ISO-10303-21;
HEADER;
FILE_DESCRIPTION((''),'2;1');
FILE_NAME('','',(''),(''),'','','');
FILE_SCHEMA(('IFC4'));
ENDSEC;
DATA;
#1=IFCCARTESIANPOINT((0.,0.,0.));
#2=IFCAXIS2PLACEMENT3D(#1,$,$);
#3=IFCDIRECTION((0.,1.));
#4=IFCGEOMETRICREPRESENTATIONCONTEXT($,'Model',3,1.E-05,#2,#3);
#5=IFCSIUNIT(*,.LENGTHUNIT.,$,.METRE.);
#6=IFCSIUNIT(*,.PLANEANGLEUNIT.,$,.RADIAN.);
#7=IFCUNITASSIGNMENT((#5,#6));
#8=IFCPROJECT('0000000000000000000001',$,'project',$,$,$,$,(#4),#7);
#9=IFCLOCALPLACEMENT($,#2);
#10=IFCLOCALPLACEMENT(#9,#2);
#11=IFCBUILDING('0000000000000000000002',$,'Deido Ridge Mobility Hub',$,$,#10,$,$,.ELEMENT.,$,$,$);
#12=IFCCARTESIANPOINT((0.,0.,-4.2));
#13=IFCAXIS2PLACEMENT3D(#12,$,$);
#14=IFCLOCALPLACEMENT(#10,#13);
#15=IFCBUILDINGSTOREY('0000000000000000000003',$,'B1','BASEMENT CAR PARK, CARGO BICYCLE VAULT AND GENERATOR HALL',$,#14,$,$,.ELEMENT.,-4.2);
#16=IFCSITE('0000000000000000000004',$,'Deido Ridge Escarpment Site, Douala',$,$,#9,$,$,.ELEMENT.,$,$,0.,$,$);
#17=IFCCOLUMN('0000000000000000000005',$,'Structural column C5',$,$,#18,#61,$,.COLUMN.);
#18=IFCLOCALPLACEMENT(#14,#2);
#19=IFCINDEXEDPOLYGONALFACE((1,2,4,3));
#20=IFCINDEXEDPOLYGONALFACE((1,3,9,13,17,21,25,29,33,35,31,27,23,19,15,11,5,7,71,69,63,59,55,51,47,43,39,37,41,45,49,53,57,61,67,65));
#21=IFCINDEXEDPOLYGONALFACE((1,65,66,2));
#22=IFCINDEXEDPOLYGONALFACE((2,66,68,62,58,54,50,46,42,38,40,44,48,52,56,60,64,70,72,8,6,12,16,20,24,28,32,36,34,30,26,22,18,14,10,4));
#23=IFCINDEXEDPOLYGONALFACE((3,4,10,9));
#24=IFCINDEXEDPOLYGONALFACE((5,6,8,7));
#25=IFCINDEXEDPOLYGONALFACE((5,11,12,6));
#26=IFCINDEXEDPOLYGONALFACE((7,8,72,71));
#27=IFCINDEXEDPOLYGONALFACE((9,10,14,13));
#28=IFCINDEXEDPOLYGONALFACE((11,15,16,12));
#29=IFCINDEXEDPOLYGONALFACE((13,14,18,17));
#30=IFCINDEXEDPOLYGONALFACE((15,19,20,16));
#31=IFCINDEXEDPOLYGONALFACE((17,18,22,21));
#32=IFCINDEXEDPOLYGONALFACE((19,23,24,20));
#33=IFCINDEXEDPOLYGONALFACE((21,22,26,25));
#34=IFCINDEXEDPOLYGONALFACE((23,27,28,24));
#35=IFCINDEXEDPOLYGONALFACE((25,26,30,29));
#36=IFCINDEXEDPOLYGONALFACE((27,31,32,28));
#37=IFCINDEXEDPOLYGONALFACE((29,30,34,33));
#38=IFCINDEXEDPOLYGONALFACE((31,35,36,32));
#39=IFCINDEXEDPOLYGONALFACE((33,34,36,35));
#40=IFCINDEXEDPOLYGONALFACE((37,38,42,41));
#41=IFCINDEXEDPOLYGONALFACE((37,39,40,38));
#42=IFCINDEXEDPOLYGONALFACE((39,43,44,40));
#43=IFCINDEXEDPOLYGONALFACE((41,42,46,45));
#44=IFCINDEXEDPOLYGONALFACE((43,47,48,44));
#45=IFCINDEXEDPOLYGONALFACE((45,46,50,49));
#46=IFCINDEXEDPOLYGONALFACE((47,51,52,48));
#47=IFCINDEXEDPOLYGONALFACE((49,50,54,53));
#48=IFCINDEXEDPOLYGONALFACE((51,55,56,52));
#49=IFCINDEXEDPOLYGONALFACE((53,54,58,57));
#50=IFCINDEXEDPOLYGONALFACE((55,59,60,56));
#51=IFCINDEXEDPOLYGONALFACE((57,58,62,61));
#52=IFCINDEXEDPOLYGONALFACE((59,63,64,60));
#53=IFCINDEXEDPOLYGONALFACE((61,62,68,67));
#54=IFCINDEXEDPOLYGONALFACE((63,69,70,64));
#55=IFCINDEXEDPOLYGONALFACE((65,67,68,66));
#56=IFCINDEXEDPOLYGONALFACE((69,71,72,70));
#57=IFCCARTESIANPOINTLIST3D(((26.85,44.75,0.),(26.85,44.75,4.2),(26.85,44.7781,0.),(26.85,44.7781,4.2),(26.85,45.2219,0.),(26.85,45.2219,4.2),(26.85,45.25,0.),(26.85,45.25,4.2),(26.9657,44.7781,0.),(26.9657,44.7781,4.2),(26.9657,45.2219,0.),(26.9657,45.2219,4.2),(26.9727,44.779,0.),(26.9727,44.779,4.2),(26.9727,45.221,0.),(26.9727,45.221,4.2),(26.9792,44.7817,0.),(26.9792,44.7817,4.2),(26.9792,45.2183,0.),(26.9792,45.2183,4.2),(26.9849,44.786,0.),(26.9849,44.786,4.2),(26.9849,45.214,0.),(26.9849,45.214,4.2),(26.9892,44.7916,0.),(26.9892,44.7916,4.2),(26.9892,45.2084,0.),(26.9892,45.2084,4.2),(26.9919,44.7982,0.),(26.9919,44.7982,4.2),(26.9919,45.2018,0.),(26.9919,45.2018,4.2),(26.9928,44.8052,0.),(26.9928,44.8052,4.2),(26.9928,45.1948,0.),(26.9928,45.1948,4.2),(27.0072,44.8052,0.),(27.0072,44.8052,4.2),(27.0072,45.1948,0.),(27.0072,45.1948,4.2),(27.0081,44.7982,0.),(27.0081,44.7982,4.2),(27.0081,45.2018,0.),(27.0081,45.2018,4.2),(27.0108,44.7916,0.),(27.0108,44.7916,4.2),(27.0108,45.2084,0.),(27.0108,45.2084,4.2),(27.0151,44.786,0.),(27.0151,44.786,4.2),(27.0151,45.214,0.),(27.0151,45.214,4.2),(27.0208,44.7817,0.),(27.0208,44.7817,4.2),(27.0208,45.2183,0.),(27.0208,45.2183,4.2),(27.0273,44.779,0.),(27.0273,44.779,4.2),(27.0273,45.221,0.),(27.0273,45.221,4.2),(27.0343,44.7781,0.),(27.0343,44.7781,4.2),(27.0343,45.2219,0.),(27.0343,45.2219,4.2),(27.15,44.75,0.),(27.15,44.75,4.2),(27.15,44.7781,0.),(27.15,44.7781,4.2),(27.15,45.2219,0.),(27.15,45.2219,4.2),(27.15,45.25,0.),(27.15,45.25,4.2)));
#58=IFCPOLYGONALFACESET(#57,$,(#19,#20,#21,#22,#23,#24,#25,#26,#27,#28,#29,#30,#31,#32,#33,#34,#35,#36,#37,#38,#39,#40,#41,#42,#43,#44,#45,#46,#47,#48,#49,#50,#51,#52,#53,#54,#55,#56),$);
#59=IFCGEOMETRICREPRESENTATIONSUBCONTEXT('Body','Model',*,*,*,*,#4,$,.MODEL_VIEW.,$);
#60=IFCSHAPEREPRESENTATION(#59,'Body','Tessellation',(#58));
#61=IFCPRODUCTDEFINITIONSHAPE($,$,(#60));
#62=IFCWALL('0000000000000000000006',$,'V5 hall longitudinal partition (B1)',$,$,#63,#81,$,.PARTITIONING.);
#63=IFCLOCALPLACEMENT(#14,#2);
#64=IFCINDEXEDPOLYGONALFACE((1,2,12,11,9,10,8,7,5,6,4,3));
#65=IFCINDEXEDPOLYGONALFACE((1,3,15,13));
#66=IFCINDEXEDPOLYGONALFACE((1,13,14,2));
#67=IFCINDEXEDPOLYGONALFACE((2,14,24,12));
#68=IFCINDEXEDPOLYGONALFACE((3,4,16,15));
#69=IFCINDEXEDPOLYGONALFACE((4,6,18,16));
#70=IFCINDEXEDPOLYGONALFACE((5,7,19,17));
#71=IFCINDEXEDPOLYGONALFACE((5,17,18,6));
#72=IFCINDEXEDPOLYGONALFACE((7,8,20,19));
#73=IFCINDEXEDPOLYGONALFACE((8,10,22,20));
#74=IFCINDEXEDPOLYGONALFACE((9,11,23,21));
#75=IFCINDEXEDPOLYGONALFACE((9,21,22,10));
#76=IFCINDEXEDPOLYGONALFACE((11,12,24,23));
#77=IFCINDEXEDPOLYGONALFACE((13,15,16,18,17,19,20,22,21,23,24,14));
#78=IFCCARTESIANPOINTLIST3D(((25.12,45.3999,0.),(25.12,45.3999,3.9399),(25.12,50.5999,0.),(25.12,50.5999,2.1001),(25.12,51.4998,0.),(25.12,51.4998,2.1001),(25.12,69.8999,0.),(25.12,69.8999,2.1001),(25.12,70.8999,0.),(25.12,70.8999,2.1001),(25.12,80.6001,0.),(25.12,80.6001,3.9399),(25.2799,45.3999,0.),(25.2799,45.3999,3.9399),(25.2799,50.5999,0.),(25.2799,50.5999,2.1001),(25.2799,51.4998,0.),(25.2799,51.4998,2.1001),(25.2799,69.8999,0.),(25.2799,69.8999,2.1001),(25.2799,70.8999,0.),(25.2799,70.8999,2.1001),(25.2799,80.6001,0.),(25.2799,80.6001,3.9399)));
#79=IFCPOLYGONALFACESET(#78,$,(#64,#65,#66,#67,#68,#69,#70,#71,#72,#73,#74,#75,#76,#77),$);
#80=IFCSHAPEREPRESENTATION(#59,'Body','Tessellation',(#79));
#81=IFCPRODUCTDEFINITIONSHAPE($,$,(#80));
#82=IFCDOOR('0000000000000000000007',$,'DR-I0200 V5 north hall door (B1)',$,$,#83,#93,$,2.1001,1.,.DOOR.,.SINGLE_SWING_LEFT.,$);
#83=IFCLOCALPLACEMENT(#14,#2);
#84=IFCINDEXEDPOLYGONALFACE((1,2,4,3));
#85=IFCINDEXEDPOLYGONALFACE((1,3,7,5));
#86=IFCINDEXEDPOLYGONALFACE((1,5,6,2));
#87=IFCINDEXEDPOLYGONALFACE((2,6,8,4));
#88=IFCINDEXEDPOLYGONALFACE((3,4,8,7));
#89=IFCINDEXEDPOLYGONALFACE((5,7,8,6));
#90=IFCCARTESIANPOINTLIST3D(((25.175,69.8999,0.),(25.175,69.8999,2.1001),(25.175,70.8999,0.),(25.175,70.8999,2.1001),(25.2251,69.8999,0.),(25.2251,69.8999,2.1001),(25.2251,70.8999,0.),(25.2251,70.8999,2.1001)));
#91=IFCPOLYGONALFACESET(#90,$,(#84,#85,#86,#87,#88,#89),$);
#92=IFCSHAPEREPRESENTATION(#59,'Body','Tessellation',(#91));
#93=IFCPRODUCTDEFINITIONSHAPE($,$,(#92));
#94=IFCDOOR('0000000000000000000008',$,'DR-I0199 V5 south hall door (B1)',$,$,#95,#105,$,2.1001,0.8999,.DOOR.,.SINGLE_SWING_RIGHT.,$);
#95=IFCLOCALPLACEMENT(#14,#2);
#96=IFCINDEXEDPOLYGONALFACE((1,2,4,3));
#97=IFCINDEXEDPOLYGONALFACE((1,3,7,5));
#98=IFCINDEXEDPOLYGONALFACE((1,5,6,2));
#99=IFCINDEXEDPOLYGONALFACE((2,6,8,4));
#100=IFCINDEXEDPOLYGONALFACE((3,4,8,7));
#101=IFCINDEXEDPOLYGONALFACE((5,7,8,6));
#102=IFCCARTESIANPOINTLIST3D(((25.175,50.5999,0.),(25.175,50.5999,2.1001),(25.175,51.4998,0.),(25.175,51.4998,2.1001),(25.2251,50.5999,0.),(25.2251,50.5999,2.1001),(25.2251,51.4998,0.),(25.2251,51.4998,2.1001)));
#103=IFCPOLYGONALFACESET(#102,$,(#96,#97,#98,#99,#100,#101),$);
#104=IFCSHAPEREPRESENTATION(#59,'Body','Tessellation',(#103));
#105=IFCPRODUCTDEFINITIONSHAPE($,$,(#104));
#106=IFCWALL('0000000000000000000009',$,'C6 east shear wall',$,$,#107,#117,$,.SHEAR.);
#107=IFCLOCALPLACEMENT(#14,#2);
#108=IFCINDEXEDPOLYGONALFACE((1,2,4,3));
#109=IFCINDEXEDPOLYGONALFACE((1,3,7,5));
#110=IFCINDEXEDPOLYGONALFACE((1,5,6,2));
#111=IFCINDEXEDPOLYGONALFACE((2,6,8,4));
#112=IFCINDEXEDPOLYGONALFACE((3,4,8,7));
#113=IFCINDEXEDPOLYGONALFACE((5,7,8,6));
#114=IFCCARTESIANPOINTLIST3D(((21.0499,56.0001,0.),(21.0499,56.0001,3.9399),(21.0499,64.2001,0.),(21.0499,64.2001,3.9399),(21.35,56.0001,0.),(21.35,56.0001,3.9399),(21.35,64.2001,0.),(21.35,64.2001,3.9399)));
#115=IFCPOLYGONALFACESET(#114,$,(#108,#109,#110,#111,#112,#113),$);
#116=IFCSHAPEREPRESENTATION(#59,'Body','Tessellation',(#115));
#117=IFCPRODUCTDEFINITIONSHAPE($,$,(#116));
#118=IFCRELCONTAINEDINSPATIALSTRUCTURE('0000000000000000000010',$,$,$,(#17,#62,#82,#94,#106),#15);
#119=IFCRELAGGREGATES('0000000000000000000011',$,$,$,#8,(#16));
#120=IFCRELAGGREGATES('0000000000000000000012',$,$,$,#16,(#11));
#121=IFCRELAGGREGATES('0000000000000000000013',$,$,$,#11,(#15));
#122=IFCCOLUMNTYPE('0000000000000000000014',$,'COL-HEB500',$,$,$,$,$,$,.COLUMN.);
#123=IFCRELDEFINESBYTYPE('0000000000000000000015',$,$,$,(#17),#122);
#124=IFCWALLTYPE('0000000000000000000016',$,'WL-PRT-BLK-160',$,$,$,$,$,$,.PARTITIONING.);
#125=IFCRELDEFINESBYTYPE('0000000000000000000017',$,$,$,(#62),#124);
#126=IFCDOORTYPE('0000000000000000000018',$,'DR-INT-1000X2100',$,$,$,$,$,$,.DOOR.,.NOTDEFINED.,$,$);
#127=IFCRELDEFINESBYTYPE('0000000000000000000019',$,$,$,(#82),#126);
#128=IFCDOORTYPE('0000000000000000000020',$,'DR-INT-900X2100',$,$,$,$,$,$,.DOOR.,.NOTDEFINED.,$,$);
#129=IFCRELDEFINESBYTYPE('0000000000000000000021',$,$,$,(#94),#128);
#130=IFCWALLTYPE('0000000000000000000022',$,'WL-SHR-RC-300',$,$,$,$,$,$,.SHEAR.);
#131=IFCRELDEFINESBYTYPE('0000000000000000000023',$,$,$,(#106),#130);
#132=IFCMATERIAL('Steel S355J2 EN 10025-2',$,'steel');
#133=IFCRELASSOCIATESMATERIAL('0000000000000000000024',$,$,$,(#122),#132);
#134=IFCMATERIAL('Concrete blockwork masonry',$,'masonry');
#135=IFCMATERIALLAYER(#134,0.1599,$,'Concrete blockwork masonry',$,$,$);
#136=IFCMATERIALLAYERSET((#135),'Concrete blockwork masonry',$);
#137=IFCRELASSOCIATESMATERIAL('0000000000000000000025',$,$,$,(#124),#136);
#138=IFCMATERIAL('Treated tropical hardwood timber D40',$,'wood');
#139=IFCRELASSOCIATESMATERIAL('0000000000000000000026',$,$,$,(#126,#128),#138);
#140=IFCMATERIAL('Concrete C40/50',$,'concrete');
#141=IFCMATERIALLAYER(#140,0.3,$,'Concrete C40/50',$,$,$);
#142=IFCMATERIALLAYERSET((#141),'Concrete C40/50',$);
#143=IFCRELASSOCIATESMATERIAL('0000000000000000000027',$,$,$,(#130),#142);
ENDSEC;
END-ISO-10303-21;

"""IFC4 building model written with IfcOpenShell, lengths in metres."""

from ifc_helpers import new_model, si_unit, direction, frame, frame_2d, origin, origin_2d, place, context, subcontext, project, spatial, rectangle, i_section, extrude, material, layer, layer_set, material_profile, profile_set, type_object, element, fill, save


model = new_model("IFC4")

# Units and contexts
model_context = context("Model", 3, precision=1e-05, world=origin(), true_north=direction((0.0, 1.0)))
body_context = subcontext(model_context, "Body", "Model", "MODEL_VIEW")
ifc_project = project(units=[si_unit("LENGTHUNIT", "METRE"), si_unit("PLANEANGLEUNIT", "RADIAN")], contexts=[model_context])

# Site, building, storey
site_placement = place(None, origin())
site = spatial("IfcSite", under=ifc_project, at=site_placement, Name="Deido Ridge Escarpment Site, Douala", CompositionType="ELEMENT", RefElevation=0.0)
building_placement = place(site_placement, origin())
building = spatial("IfcBuilding", under=site, at=building_placement, Name="Deido Ridge Mobility Hub", CompositionType="ELEMENT")
storey_placement = place(building_placement, frame((0.0, 0.0, -4.2)))
storey = spatial("IfcBuildingStorey", under=building, at=storey_placement, Name="B1", Description="BASEMENT CAR PARK, CARGO BICYCLE VAULT AND GENERATOR HALL", CompositionType="ELEMENT", Elevation=-4.2)

# Shared definitions
ifc_material_1 = material(Name="Concrete C40/50", Category="concrete")

# Column
ifc_material_2 = material(Name="Steel S355J2 EN 10025-2", Category="steel")
ifc_material_profile_1 = material_profile(ifc_material_2, i_section(OverallWidth=0.3, OverallDepth=0.5, WebThickness=0.0144, FlangeThickness=0.0281, FilletRadius=0.0271, at=origin_2d()), Name="HEB 500")
ifc_profile_set_1 = profile_set([ifc_material_profile_1], Name="Steel S355J2 EN 10025-2")
column_type_1 = type_object("IfcColumnType", Name="COL-HEB500", PredefinedType="COLUMN", material=ifc_profile_set_1)
for number, where, z_axis, x_axis, name in (
    (1, (27.0, 45.0, 0.0), (0.0, 0.0, 1.0), (1.0, 0.0, 0.0), "Structural column C5"),
):
    element("IfcColumn", number, at=place(storey_placement, frame(where, z_axis=z_axis, x_axis=x_axis)), inside=storey, type_object=column_type_1, Name=name, PredefinedType="COLUMN", context=body_context, shape_type="SweptSolid", body=[
        extrude(i_section(OverallWidth=0.3, OverallDepth=0.5, WebThickness=0.0144, FlangeThickness=0.0281, FilletRadius=0.0271, at=origin_2d()), origin(), (0.0, 0.0, 1.0), 4.2),
    ])

# Wall, openings, doors
ifc_material_3 = material(Name="Concrete blockwork masonry", Category="masonry")
ifc_layer_1 = layer(ifc_material_3, 0.1599, Name="Concrete blockwork masonry")
ifc_layer_set_1 = layer_set([ifc_layer_1], Name="Concrete blockwork masonry")
wall_type_1 = type_object("IfcWallType", Name="WL-PRT-BLK-160", PredefinedType="PARTITIONING", material=ifc_layer_set_1)
wall_1_placement = place(storey_placement, frame((25.2, 45.3999, 0.0), z_axis=(0.0, 0.0, 1.0), x_axis=(0.0, 1.0, 0.0)))
wall_1 = element("IfcWall", 2, at=wall_1_placement, inside=storey, type_object=wall_type_1, Name="V5 hall longitudinal partition (B1)", PredefinedType="PARTITIONING", context=body_context, shape_type="SweptSolid", body=[
    extrude(rectangle(XDim=35.2002, YDim=0.1599, at=frame_2d((17.6001, 0.0))), origin(), (0.0, 0.0, 1.0), 3.9399),
])
opening_1_placement = place(wall_1_placement, frame((5.2, 0.0, 0.0)))
opening_1 = element("IfcOpeningElement", 3, at=opening_1_placement, cuts=wall_1, PredefinedType="OPENING", context=body_context, shape_type="SweptSolid", body=[
    extrude(rectangle(XDim=0.8999, YDim=2.1001, at=frame_2d((0.45, 1.05))), frame((0.0, 0.0898, 0.0), z_axis=(0.0, -1.0, 0.0), x_axis=(1.0, 0.0, 0.0)), (0.0, 0.0, 1.0), 0.1799),
])
opening_2_placement = place(wall_1_placement, frame((24.5, 0.0, 0.0)))
opening_2 = element("IfcOpeningElement", 4, at=opening_2_placement, cuts=wall_1, PredefinedType="OPENING", context=body_context, shape_type="SweptSolid", body=[
    extrude(rectangle(XDim=1.0, YDim=2.1001, at=frame_2d((0.5, 1.05))), frame((0.0, 0.0898, 0.0), z_axis=(0.0, -1.0, 0.0), x_axis=(1.0, 0.0, 0.0)), (0.0, 0.0, 1.0), 0.1799),
])
ifc_material_4 = material(Name="Treated tropical hardwood timber D40", Category="wood")
door_type_1 = type_object("IfcDoorType", Name="DR-INT-1000X2100", OperationType="NOTDEFINED", PredefinedType="DOOR", material=ifc_material_4)
door_1_placement = place(opening_2_placement, origin())
door_1 = element("IfcDoor", 5, at=door_1_placement, inside=storey, type_object=door_type_1, Name="DR-I0200 V5 north hall door (B1)", OperationType="SINGLE_SWING_LEFT", OverallHeight=2.1001, OverallWidth=1.0, PredefinedType="DOOR", context=body_context, shape_type="SweptSolid", body=[
    extrude(rectangle(XDim=1.0, YDim=2.1001, at=frame_2d((0.5, 1.05))), frame((0.0, 0.0249, 0.0), z_axis=(0.0, -1.0, 0.0), x_axis=(1.0, 0.0, 0.0)), (0.0, 0.0, 1.0), 0.05),
])
fill(opening_2, door_1)
door_type_2 = type_object("IfcDoorType", Name="DR-INT-900X2100", OperationType="NOTDEFINED", PredefinedType="DOOR", material=ifc_material_4)
door_2_placement = place(opening_1_placement, origin())
door_2 = element("IfcDoor", 6, at=door_2_placement, inside=storey, type_object=door_type_2, Name="DR-I0199 V5 south hall door (B1)", OperationType="SINGLE_SWING_RIGHT", OverallHeight=2.1001, OverallWidth=0.8999, PredefinedType="DOOR", context=body_context, shape_type="SweptSolid", body=[
    extrude(rectangle(XDim=0.8999, YDim=2.1001, at=frame_2d((0.45, 1.05))), frame((0.0, 0.0249, 0.0), z_axis=(0.0, -1.0, 0.0), x_axis=(1.0, 0.0, 0.0)), (0.0, 0.0, 1.0), 0.05),
])
fill(opening_1, door_2)

# Wall
ifc_layer_2 = layer(ifc_material_1, 0.3, Name="Concrete C40/50")
ifc_layer_set_2 = layer_set([ifc_layer_2], Name="Concrete C40/50")
wall_type_2 = type_object("IfcWallType", Name="WL-SHR-RC-300", PredefinedType="SHEAR", material=ifc_layer_set_2)
wall_2_placement = place(storey_placement, frame((21.2, 56.0, 0.0), z_axis=(0.0, 0.0, 1.0), x_axis=(0.0, 1.0, 0.0)))
element("IfcWall", 7, at=wall_2_placement, inside=storey, type_object=wall_type_2, Name="C6 east shear wall", PredefinedType="SHEAR", context=body_context, shape_type="SweptSolid", body=[
    extrude(rectangle(XDim=8.2, YDim=0.3, at=frame_2d((4.1001, 0.0))), origin(), (0.0, 0.0, 1.0), 3.9399),
])

save(model, "model.ifc")
